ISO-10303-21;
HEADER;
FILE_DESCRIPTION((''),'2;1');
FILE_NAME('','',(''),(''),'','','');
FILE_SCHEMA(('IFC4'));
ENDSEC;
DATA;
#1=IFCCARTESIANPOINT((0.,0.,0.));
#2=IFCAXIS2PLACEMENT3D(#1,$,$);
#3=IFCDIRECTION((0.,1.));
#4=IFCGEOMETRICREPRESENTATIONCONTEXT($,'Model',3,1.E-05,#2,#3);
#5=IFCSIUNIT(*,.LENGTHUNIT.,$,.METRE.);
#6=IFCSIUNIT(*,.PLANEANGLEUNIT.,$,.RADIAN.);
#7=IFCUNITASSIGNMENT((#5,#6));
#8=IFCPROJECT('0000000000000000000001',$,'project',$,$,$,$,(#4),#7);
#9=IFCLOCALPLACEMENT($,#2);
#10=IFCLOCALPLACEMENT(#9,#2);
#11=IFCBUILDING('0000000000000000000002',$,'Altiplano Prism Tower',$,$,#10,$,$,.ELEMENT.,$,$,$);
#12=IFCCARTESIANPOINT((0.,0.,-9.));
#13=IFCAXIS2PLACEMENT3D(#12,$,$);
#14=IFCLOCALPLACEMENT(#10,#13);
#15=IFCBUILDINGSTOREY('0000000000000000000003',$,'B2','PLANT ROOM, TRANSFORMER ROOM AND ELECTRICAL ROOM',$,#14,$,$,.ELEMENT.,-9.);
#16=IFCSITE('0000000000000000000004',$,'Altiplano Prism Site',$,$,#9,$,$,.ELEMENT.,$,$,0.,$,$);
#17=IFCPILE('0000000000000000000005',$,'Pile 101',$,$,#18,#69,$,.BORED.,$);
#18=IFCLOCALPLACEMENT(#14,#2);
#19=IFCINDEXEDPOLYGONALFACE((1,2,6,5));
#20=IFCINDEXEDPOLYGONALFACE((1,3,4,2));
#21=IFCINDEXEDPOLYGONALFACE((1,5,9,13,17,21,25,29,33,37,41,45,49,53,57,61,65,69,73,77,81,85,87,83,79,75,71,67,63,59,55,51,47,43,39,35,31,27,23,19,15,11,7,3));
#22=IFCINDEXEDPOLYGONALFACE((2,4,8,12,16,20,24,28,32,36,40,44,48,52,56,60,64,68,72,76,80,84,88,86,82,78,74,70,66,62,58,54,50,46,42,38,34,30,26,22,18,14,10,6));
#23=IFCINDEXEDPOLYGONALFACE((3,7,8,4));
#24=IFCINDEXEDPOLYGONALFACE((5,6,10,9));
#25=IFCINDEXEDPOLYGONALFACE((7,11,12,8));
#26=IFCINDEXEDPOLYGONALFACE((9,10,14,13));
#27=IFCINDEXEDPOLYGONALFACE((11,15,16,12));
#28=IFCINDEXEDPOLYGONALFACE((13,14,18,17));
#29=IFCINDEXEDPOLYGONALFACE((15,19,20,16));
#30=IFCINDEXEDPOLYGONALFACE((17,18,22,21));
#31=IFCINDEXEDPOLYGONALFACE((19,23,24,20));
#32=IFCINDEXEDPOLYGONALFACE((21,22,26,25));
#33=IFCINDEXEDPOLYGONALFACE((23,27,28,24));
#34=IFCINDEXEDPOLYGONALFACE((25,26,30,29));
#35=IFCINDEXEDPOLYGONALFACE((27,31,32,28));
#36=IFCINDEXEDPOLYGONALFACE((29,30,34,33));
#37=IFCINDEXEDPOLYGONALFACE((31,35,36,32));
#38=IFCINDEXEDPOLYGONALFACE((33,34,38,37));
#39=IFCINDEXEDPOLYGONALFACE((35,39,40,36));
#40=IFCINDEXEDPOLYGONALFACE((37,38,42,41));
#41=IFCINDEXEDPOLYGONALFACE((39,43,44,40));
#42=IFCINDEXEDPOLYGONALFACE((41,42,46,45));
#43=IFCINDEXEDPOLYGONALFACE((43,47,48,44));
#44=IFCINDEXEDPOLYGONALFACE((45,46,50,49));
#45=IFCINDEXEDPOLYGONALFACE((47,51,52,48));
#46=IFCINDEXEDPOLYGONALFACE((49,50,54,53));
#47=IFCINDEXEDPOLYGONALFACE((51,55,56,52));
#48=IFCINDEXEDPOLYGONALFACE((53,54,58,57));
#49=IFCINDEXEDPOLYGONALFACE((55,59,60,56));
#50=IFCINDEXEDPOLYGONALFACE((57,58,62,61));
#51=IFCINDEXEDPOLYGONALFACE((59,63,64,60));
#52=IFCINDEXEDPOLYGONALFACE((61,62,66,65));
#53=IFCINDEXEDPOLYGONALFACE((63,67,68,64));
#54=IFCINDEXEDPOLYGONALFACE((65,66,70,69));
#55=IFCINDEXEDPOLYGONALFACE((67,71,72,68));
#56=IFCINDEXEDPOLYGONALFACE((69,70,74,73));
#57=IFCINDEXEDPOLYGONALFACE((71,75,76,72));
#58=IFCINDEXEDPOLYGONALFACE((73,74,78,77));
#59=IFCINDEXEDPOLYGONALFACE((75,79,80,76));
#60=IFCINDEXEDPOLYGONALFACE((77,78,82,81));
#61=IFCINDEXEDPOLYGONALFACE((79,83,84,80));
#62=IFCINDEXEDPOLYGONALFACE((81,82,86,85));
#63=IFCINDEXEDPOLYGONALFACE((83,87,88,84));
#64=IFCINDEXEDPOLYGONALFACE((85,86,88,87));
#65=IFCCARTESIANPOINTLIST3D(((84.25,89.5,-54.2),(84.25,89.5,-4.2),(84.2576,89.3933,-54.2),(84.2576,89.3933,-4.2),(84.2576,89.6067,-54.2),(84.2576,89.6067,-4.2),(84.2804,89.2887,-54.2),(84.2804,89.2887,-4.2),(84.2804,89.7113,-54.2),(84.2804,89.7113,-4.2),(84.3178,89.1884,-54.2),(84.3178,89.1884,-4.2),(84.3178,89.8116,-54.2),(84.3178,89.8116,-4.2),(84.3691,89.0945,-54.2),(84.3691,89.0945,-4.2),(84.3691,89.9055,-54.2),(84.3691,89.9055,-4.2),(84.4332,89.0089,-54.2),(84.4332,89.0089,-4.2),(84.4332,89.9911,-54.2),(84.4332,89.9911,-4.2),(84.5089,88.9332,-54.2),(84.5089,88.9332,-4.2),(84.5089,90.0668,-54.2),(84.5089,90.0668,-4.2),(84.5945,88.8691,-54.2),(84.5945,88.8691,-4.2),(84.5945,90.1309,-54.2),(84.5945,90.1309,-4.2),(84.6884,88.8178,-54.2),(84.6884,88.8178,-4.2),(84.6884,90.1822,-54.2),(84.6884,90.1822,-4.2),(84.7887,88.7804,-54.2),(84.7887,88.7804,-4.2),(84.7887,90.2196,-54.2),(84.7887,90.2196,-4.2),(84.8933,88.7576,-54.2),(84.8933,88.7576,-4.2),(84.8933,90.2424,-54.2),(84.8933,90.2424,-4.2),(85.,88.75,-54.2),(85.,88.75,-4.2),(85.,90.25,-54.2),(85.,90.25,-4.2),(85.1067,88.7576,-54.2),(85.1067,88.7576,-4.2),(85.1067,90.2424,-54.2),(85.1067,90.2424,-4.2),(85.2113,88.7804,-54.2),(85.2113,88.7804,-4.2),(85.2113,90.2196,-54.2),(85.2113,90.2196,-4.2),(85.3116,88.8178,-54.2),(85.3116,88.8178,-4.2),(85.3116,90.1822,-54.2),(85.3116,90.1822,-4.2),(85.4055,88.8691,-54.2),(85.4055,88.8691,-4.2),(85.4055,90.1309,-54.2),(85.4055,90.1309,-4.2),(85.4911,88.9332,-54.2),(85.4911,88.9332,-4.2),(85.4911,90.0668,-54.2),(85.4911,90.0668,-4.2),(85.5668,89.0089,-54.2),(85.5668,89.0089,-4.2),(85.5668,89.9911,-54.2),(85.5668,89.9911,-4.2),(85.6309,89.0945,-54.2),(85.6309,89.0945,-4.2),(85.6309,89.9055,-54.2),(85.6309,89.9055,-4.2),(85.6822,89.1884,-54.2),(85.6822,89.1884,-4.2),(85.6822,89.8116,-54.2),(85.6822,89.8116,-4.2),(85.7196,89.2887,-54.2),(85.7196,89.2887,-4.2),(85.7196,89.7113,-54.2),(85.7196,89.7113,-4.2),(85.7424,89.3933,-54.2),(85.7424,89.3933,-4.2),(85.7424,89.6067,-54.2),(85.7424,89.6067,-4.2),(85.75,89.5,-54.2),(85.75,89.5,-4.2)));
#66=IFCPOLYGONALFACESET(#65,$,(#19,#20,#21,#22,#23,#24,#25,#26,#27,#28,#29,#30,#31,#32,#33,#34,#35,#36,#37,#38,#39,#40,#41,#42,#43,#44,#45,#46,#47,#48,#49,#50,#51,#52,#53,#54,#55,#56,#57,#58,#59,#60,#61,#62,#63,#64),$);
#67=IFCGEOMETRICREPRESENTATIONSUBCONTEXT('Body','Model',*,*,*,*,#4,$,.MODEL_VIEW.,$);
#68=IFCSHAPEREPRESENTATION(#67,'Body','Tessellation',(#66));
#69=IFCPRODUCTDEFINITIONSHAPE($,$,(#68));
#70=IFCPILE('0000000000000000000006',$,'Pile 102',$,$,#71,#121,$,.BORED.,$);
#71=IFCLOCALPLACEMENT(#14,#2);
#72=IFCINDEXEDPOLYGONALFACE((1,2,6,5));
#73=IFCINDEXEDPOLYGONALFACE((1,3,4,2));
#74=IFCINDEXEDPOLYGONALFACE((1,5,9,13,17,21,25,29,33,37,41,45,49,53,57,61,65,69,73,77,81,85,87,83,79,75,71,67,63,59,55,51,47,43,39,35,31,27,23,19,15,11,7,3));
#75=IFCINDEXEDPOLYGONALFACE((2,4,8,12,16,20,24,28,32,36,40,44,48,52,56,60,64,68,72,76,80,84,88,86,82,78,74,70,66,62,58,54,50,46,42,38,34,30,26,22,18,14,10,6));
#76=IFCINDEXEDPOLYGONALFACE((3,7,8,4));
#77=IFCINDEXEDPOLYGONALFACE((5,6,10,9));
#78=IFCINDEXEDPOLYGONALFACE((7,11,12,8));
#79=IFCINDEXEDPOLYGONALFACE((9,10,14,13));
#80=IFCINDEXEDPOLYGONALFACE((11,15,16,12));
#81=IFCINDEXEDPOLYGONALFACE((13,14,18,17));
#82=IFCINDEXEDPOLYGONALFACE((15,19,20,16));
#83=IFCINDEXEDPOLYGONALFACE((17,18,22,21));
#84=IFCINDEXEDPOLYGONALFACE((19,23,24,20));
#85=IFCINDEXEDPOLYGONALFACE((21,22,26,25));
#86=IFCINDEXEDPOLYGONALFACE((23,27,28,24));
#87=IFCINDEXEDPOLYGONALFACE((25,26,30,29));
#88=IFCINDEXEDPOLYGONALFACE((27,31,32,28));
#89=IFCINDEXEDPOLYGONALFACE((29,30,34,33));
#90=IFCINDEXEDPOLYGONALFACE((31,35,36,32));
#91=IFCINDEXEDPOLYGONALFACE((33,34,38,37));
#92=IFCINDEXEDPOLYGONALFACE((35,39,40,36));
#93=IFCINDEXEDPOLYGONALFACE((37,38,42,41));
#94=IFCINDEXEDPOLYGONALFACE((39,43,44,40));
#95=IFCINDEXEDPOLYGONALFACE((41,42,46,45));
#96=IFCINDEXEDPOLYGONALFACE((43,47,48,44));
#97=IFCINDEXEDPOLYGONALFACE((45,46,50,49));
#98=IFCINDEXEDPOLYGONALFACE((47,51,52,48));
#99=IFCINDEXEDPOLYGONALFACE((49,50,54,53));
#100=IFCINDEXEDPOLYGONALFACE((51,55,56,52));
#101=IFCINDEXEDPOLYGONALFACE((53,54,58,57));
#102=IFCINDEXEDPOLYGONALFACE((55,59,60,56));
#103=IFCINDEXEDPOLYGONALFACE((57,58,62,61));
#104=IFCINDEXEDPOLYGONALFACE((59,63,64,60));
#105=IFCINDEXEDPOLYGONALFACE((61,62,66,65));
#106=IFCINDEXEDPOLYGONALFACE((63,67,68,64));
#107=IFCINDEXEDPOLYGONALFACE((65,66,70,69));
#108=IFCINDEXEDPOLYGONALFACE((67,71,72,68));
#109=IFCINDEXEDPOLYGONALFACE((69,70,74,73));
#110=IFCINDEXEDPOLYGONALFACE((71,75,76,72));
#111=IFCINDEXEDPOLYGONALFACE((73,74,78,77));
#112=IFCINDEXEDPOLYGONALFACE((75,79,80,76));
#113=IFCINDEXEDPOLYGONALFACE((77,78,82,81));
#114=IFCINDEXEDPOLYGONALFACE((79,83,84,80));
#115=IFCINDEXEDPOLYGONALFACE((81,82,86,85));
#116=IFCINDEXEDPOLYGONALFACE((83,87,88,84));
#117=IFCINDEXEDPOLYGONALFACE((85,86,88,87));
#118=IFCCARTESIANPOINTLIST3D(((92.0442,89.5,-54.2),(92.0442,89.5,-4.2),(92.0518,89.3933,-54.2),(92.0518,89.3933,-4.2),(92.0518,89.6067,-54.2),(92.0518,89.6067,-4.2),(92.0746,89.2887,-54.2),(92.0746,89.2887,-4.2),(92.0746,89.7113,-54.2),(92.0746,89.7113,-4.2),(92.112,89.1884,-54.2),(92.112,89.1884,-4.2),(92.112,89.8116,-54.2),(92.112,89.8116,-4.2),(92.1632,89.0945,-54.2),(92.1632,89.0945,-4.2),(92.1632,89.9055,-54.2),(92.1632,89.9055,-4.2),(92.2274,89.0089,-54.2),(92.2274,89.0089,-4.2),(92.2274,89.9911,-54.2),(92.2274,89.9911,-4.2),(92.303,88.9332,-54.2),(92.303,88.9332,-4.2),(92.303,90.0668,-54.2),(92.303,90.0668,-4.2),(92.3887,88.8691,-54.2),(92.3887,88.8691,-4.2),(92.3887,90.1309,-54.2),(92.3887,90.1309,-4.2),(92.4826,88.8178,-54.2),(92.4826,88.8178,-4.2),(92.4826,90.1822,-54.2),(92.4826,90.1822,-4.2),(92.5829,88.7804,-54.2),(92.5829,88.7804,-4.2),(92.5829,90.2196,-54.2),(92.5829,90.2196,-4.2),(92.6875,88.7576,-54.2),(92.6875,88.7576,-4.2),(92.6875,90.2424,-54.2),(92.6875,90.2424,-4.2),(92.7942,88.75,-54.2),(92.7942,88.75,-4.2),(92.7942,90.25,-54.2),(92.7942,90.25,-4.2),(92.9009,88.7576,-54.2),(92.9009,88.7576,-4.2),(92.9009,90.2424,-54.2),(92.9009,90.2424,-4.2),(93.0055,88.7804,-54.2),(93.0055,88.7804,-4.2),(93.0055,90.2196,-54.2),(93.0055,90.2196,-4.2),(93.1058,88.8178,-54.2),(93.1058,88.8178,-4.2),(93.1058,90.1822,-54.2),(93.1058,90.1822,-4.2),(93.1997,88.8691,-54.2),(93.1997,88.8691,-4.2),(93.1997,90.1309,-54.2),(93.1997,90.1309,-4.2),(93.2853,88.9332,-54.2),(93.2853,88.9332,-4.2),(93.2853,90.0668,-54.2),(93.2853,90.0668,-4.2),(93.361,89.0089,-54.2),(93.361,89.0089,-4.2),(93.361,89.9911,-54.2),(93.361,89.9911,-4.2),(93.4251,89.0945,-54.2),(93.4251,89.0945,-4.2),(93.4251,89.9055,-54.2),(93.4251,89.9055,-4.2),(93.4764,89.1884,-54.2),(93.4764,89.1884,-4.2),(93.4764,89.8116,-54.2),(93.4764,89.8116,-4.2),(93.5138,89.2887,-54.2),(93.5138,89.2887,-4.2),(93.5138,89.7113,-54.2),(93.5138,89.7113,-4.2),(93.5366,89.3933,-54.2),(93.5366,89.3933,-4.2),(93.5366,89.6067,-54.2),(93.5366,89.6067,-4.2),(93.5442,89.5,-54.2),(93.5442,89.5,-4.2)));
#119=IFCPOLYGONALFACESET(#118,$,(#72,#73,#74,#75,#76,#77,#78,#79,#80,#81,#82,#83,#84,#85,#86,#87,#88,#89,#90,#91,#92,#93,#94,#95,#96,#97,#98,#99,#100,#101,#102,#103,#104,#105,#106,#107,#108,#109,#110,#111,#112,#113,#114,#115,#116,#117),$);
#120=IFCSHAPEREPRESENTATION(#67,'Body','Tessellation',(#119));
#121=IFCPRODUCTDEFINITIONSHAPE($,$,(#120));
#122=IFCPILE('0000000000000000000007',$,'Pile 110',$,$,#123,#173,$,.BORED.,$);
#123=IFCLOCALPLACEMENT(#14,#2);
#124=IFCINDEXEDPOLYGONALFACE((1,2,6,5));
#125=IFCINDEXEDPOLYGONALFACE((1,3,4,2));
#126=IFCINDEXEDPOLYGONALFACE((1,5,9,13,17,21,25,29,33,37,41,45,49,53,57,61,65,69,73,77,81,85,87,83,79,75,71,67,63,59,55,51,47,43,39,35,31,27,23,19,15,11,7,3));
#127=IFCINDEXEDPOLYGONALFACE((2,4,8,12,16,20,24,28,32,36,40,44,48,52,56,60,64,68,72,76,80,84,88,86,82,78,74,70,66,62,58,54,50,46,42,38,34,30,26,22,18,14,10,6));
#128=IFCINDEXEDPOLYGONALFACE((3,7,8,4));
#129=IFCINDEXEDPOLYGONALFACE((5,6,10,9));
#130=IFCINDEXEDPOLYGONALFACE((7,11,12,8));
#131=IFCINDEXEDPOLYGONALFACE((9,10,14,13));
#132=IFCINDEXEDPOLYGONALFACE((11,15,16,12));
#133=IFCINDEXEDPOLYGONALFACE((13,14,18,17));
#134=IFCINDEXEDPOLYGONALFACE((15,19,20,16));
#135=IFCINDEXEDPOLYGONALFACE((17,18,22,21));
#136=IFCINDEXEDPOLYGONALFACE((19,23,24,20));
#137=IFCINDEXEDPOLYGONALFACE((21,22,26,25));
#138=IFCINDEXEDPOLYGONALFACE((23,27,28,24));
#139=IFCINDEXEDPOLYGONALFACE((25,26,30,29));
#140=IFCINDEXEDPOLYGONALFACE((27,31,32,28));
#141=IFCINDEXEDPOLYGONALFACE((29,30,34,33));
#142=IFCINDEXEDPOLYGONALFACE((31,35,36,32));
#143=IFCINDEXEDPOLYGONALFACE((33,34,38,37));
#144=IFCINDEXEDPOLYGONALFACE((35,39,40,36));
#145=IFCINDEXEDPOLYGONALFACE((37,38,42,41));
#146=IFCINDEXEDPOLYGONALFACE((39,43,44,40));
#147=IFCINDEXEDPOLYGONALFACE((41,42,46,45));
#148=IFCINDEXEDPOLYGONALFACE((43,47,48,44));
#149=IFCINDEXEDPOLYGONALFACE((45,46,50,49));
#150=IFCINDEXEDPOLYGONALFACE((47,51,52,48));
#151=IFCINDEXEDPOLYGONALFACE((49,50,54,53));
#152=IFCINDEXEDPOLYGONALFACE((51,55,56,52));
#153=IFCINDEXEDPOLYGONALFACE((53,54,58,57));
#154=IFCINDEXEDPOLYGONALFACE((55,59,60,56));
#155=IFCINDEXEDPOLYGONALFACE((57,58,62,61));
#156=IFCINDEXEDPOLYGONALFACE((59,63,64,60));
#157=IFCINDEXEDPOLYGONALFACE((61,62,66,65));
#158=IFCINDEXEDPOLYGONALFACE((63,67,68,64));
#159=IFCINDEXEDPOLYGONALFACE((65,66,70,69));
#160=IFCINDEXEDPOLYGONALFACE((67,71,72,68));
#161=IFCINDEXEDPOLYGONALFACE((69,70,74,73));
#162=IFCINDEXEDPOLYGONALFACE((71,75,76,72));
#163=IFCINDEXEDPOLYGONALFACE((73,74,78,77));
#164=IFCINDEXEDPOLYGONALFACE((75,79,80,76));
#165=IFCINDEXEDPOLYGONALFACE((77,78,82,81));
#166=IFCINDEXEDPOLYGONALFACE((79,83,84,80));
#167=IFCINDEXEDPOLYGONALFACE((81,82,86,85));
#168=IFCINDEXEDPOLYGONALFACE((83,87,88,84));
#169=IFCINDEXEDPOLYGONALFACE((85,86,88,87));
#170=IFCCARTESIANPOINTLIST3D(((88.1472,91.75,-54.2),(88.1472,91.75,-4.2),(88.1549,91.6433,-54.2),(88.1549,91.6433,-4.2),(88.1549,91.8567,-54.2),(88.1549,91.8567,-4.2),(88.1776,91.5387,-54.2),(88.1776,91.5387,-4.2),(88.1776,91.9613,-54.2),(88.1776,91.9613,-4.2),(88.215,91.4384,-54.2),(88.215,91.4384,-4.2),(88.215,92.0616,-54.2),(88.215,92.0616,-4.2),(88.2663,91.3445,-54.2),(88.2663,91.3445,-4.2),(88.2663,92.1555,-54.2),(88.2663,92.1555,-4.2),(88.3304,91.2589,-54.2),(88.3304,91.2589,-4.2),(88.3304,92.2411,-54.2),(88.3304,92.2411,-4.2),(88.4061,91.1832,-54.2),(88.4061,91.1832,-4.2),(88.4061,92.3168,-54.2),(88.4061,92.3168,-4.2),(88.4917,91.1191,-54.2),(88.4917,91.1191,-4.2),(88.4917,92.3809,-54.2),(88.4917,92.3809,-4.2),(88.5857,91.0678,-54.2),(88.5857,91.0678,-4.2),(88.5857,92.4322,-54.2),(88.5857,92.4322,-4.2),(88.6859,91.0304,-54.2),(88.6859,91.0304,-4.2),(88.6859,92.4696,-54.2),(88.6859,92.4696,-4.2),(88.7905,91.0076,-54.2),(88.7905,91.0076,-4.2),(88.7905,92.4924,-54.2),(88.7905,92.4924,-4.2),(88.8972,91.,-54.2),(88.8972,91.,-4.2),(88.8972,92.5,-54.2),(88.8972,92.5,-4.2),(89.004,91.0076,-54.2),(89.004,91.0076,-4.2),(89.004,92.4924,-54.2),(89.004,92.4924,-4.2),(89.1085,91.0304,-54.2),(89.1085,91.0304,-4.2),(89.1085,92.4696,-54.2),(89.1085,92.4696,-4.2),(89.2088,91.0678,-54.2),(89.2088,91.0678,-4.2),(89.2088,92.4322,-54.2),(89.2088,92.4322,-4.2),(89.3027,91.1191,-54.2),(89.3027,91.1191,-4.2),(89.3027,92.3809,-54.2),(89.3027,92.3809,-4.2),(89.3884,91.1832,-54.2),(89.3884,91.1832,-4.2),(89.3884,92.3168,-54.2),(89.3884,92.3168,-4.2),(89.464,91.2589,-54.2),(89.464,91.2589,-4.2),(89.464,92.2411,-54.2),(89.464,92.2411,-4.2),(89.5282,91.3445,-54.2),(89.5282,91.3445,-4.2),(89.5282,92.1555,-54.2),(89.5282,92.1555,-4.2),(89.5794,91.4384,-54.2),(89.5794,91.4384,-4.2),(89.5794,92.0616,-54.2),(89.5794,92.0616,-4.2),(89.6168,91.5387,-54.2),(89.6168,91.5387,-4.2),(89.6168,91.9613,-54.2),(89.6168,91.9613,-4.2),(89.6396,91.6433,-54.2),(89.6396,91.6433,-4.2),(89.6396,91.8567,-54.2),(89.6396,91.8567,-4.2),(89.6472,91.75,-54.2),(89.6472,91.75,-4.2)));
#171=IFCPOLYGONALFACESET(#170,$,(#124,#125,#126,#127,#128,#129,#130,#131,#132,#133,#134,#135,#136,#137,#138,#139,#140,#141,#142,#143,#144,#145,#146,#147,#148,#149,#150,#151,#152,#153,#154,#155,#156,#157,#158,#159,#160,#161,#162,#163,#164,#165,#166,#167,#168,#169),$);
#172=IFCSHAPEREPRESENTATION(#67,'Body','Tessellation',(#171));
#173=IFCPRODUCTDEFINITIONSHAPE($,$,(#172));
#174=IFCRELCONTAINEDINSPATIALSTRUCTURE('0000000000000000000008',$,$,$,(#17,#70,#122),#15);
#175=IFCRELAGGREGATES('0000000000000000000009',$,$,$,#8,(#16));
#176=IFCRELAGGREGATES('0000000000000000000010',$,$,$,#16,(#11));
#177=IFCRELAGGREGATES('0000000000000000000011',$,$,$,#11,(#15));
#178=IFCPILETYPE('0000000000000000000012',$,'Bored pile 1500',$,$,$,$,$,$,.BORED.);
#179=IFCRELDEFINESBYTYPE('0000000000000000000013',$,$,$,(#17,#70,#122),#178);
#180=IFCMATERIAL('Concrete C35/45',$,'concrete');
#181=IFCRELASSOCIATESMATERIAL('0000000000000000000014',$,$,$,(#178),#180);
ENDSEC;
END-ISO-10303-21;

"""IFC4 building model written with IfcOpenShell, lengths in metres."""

from ifc_helpers import new_model, si_unit, direction, frame, origin, origin_2d, place, context, subcontext, project, spatial, circle, extrude, material, material_profile, profile_set, type_object, element, save


model = new_model("IFC4")

# Units and contexts
model_context = context("Model", 3, precision=1e-05, world=origin(), true_north=direction((0.0, 1.0)))
body_context = subcontext(model_context, "Body", "Model", "MODEL_VIEW")
ifc_project = project(units=[si_unit("LENGTHUNIT", "METRE"), si_unit("PLANEANGLEUNIT", "RADIAN")], contexts=[model_context])

# Site, building, storey
site_placement = place(None, origin())
site = spatial("IfcSite", under=ifc_project, at=site_placement, Name="Altiplano Prism Site", CompositionType="ELEMENT", RefElevation=0.0)
building_placement = place(site_placement, origin())
building = spatial("IfcBuilding", under=site, at=building_placement, Name="Altiplano Prism Tower", CompositionType="ELEMENT")
storey_placement = place(building_placement, frame((0.0, 0.0, -9.0)))
storey = spatial("IfcBuildingStorey", under=building, at=storey_placement, Name="B2", Description="PLANT ROOM, TRANSFORMER ROOM AND ELECTRICAL ROOM", CompositionType="ELEMENT", Elevation=-9.0)

# Piles
ifc_material_1 = material(Name="Concrete C35/45", Category="concrete")
ifc_material_profile = material_profile(ifc_material_1, circle(Radius=0.75, at=origin_2d()), Name="Bored pile 1500")
ifc_profile_set = profile_set([ifc_material_profile], Name="Concrete C35/45")
pile_type = type_object("IfcPileType", Name="Bored pile 1500", PredefinedType="BORED", material=ifc_profile_set)
for number, where, z_axis, x_axis, name in (
    (1, (85.0, 89.5, -4.2), (0.0, 0.0, -1.0), (1.0, 0.0, 0.0), "Pile 101"),
    (2, (92.7942, 89.5, -4.2), (0.0, 0.0, -1.0), (1.0, 0.0, 0.0), "Pile 102"),
    (3, (88.8972, 91.75, -4.2), (0.0, 0.0, -1.0), (1.0, 0.0, 0.0), "Pile 110"),
):
    element("IfcPile", number, at=place(storey_placement, frame(where, z_axis=z_axis, x_axis=x_axis)), inside=storey, type_object=pile_type, Name=name, PredefinedType="BORED", context=body_context, shape_type="SweptSolid", body=[
        extrude(circle(Radius=0.75, at=origin_2d()), origin(), (0.0, 0.0, 1.0), 50.0),
    ])

save(model, "model.ifc")
